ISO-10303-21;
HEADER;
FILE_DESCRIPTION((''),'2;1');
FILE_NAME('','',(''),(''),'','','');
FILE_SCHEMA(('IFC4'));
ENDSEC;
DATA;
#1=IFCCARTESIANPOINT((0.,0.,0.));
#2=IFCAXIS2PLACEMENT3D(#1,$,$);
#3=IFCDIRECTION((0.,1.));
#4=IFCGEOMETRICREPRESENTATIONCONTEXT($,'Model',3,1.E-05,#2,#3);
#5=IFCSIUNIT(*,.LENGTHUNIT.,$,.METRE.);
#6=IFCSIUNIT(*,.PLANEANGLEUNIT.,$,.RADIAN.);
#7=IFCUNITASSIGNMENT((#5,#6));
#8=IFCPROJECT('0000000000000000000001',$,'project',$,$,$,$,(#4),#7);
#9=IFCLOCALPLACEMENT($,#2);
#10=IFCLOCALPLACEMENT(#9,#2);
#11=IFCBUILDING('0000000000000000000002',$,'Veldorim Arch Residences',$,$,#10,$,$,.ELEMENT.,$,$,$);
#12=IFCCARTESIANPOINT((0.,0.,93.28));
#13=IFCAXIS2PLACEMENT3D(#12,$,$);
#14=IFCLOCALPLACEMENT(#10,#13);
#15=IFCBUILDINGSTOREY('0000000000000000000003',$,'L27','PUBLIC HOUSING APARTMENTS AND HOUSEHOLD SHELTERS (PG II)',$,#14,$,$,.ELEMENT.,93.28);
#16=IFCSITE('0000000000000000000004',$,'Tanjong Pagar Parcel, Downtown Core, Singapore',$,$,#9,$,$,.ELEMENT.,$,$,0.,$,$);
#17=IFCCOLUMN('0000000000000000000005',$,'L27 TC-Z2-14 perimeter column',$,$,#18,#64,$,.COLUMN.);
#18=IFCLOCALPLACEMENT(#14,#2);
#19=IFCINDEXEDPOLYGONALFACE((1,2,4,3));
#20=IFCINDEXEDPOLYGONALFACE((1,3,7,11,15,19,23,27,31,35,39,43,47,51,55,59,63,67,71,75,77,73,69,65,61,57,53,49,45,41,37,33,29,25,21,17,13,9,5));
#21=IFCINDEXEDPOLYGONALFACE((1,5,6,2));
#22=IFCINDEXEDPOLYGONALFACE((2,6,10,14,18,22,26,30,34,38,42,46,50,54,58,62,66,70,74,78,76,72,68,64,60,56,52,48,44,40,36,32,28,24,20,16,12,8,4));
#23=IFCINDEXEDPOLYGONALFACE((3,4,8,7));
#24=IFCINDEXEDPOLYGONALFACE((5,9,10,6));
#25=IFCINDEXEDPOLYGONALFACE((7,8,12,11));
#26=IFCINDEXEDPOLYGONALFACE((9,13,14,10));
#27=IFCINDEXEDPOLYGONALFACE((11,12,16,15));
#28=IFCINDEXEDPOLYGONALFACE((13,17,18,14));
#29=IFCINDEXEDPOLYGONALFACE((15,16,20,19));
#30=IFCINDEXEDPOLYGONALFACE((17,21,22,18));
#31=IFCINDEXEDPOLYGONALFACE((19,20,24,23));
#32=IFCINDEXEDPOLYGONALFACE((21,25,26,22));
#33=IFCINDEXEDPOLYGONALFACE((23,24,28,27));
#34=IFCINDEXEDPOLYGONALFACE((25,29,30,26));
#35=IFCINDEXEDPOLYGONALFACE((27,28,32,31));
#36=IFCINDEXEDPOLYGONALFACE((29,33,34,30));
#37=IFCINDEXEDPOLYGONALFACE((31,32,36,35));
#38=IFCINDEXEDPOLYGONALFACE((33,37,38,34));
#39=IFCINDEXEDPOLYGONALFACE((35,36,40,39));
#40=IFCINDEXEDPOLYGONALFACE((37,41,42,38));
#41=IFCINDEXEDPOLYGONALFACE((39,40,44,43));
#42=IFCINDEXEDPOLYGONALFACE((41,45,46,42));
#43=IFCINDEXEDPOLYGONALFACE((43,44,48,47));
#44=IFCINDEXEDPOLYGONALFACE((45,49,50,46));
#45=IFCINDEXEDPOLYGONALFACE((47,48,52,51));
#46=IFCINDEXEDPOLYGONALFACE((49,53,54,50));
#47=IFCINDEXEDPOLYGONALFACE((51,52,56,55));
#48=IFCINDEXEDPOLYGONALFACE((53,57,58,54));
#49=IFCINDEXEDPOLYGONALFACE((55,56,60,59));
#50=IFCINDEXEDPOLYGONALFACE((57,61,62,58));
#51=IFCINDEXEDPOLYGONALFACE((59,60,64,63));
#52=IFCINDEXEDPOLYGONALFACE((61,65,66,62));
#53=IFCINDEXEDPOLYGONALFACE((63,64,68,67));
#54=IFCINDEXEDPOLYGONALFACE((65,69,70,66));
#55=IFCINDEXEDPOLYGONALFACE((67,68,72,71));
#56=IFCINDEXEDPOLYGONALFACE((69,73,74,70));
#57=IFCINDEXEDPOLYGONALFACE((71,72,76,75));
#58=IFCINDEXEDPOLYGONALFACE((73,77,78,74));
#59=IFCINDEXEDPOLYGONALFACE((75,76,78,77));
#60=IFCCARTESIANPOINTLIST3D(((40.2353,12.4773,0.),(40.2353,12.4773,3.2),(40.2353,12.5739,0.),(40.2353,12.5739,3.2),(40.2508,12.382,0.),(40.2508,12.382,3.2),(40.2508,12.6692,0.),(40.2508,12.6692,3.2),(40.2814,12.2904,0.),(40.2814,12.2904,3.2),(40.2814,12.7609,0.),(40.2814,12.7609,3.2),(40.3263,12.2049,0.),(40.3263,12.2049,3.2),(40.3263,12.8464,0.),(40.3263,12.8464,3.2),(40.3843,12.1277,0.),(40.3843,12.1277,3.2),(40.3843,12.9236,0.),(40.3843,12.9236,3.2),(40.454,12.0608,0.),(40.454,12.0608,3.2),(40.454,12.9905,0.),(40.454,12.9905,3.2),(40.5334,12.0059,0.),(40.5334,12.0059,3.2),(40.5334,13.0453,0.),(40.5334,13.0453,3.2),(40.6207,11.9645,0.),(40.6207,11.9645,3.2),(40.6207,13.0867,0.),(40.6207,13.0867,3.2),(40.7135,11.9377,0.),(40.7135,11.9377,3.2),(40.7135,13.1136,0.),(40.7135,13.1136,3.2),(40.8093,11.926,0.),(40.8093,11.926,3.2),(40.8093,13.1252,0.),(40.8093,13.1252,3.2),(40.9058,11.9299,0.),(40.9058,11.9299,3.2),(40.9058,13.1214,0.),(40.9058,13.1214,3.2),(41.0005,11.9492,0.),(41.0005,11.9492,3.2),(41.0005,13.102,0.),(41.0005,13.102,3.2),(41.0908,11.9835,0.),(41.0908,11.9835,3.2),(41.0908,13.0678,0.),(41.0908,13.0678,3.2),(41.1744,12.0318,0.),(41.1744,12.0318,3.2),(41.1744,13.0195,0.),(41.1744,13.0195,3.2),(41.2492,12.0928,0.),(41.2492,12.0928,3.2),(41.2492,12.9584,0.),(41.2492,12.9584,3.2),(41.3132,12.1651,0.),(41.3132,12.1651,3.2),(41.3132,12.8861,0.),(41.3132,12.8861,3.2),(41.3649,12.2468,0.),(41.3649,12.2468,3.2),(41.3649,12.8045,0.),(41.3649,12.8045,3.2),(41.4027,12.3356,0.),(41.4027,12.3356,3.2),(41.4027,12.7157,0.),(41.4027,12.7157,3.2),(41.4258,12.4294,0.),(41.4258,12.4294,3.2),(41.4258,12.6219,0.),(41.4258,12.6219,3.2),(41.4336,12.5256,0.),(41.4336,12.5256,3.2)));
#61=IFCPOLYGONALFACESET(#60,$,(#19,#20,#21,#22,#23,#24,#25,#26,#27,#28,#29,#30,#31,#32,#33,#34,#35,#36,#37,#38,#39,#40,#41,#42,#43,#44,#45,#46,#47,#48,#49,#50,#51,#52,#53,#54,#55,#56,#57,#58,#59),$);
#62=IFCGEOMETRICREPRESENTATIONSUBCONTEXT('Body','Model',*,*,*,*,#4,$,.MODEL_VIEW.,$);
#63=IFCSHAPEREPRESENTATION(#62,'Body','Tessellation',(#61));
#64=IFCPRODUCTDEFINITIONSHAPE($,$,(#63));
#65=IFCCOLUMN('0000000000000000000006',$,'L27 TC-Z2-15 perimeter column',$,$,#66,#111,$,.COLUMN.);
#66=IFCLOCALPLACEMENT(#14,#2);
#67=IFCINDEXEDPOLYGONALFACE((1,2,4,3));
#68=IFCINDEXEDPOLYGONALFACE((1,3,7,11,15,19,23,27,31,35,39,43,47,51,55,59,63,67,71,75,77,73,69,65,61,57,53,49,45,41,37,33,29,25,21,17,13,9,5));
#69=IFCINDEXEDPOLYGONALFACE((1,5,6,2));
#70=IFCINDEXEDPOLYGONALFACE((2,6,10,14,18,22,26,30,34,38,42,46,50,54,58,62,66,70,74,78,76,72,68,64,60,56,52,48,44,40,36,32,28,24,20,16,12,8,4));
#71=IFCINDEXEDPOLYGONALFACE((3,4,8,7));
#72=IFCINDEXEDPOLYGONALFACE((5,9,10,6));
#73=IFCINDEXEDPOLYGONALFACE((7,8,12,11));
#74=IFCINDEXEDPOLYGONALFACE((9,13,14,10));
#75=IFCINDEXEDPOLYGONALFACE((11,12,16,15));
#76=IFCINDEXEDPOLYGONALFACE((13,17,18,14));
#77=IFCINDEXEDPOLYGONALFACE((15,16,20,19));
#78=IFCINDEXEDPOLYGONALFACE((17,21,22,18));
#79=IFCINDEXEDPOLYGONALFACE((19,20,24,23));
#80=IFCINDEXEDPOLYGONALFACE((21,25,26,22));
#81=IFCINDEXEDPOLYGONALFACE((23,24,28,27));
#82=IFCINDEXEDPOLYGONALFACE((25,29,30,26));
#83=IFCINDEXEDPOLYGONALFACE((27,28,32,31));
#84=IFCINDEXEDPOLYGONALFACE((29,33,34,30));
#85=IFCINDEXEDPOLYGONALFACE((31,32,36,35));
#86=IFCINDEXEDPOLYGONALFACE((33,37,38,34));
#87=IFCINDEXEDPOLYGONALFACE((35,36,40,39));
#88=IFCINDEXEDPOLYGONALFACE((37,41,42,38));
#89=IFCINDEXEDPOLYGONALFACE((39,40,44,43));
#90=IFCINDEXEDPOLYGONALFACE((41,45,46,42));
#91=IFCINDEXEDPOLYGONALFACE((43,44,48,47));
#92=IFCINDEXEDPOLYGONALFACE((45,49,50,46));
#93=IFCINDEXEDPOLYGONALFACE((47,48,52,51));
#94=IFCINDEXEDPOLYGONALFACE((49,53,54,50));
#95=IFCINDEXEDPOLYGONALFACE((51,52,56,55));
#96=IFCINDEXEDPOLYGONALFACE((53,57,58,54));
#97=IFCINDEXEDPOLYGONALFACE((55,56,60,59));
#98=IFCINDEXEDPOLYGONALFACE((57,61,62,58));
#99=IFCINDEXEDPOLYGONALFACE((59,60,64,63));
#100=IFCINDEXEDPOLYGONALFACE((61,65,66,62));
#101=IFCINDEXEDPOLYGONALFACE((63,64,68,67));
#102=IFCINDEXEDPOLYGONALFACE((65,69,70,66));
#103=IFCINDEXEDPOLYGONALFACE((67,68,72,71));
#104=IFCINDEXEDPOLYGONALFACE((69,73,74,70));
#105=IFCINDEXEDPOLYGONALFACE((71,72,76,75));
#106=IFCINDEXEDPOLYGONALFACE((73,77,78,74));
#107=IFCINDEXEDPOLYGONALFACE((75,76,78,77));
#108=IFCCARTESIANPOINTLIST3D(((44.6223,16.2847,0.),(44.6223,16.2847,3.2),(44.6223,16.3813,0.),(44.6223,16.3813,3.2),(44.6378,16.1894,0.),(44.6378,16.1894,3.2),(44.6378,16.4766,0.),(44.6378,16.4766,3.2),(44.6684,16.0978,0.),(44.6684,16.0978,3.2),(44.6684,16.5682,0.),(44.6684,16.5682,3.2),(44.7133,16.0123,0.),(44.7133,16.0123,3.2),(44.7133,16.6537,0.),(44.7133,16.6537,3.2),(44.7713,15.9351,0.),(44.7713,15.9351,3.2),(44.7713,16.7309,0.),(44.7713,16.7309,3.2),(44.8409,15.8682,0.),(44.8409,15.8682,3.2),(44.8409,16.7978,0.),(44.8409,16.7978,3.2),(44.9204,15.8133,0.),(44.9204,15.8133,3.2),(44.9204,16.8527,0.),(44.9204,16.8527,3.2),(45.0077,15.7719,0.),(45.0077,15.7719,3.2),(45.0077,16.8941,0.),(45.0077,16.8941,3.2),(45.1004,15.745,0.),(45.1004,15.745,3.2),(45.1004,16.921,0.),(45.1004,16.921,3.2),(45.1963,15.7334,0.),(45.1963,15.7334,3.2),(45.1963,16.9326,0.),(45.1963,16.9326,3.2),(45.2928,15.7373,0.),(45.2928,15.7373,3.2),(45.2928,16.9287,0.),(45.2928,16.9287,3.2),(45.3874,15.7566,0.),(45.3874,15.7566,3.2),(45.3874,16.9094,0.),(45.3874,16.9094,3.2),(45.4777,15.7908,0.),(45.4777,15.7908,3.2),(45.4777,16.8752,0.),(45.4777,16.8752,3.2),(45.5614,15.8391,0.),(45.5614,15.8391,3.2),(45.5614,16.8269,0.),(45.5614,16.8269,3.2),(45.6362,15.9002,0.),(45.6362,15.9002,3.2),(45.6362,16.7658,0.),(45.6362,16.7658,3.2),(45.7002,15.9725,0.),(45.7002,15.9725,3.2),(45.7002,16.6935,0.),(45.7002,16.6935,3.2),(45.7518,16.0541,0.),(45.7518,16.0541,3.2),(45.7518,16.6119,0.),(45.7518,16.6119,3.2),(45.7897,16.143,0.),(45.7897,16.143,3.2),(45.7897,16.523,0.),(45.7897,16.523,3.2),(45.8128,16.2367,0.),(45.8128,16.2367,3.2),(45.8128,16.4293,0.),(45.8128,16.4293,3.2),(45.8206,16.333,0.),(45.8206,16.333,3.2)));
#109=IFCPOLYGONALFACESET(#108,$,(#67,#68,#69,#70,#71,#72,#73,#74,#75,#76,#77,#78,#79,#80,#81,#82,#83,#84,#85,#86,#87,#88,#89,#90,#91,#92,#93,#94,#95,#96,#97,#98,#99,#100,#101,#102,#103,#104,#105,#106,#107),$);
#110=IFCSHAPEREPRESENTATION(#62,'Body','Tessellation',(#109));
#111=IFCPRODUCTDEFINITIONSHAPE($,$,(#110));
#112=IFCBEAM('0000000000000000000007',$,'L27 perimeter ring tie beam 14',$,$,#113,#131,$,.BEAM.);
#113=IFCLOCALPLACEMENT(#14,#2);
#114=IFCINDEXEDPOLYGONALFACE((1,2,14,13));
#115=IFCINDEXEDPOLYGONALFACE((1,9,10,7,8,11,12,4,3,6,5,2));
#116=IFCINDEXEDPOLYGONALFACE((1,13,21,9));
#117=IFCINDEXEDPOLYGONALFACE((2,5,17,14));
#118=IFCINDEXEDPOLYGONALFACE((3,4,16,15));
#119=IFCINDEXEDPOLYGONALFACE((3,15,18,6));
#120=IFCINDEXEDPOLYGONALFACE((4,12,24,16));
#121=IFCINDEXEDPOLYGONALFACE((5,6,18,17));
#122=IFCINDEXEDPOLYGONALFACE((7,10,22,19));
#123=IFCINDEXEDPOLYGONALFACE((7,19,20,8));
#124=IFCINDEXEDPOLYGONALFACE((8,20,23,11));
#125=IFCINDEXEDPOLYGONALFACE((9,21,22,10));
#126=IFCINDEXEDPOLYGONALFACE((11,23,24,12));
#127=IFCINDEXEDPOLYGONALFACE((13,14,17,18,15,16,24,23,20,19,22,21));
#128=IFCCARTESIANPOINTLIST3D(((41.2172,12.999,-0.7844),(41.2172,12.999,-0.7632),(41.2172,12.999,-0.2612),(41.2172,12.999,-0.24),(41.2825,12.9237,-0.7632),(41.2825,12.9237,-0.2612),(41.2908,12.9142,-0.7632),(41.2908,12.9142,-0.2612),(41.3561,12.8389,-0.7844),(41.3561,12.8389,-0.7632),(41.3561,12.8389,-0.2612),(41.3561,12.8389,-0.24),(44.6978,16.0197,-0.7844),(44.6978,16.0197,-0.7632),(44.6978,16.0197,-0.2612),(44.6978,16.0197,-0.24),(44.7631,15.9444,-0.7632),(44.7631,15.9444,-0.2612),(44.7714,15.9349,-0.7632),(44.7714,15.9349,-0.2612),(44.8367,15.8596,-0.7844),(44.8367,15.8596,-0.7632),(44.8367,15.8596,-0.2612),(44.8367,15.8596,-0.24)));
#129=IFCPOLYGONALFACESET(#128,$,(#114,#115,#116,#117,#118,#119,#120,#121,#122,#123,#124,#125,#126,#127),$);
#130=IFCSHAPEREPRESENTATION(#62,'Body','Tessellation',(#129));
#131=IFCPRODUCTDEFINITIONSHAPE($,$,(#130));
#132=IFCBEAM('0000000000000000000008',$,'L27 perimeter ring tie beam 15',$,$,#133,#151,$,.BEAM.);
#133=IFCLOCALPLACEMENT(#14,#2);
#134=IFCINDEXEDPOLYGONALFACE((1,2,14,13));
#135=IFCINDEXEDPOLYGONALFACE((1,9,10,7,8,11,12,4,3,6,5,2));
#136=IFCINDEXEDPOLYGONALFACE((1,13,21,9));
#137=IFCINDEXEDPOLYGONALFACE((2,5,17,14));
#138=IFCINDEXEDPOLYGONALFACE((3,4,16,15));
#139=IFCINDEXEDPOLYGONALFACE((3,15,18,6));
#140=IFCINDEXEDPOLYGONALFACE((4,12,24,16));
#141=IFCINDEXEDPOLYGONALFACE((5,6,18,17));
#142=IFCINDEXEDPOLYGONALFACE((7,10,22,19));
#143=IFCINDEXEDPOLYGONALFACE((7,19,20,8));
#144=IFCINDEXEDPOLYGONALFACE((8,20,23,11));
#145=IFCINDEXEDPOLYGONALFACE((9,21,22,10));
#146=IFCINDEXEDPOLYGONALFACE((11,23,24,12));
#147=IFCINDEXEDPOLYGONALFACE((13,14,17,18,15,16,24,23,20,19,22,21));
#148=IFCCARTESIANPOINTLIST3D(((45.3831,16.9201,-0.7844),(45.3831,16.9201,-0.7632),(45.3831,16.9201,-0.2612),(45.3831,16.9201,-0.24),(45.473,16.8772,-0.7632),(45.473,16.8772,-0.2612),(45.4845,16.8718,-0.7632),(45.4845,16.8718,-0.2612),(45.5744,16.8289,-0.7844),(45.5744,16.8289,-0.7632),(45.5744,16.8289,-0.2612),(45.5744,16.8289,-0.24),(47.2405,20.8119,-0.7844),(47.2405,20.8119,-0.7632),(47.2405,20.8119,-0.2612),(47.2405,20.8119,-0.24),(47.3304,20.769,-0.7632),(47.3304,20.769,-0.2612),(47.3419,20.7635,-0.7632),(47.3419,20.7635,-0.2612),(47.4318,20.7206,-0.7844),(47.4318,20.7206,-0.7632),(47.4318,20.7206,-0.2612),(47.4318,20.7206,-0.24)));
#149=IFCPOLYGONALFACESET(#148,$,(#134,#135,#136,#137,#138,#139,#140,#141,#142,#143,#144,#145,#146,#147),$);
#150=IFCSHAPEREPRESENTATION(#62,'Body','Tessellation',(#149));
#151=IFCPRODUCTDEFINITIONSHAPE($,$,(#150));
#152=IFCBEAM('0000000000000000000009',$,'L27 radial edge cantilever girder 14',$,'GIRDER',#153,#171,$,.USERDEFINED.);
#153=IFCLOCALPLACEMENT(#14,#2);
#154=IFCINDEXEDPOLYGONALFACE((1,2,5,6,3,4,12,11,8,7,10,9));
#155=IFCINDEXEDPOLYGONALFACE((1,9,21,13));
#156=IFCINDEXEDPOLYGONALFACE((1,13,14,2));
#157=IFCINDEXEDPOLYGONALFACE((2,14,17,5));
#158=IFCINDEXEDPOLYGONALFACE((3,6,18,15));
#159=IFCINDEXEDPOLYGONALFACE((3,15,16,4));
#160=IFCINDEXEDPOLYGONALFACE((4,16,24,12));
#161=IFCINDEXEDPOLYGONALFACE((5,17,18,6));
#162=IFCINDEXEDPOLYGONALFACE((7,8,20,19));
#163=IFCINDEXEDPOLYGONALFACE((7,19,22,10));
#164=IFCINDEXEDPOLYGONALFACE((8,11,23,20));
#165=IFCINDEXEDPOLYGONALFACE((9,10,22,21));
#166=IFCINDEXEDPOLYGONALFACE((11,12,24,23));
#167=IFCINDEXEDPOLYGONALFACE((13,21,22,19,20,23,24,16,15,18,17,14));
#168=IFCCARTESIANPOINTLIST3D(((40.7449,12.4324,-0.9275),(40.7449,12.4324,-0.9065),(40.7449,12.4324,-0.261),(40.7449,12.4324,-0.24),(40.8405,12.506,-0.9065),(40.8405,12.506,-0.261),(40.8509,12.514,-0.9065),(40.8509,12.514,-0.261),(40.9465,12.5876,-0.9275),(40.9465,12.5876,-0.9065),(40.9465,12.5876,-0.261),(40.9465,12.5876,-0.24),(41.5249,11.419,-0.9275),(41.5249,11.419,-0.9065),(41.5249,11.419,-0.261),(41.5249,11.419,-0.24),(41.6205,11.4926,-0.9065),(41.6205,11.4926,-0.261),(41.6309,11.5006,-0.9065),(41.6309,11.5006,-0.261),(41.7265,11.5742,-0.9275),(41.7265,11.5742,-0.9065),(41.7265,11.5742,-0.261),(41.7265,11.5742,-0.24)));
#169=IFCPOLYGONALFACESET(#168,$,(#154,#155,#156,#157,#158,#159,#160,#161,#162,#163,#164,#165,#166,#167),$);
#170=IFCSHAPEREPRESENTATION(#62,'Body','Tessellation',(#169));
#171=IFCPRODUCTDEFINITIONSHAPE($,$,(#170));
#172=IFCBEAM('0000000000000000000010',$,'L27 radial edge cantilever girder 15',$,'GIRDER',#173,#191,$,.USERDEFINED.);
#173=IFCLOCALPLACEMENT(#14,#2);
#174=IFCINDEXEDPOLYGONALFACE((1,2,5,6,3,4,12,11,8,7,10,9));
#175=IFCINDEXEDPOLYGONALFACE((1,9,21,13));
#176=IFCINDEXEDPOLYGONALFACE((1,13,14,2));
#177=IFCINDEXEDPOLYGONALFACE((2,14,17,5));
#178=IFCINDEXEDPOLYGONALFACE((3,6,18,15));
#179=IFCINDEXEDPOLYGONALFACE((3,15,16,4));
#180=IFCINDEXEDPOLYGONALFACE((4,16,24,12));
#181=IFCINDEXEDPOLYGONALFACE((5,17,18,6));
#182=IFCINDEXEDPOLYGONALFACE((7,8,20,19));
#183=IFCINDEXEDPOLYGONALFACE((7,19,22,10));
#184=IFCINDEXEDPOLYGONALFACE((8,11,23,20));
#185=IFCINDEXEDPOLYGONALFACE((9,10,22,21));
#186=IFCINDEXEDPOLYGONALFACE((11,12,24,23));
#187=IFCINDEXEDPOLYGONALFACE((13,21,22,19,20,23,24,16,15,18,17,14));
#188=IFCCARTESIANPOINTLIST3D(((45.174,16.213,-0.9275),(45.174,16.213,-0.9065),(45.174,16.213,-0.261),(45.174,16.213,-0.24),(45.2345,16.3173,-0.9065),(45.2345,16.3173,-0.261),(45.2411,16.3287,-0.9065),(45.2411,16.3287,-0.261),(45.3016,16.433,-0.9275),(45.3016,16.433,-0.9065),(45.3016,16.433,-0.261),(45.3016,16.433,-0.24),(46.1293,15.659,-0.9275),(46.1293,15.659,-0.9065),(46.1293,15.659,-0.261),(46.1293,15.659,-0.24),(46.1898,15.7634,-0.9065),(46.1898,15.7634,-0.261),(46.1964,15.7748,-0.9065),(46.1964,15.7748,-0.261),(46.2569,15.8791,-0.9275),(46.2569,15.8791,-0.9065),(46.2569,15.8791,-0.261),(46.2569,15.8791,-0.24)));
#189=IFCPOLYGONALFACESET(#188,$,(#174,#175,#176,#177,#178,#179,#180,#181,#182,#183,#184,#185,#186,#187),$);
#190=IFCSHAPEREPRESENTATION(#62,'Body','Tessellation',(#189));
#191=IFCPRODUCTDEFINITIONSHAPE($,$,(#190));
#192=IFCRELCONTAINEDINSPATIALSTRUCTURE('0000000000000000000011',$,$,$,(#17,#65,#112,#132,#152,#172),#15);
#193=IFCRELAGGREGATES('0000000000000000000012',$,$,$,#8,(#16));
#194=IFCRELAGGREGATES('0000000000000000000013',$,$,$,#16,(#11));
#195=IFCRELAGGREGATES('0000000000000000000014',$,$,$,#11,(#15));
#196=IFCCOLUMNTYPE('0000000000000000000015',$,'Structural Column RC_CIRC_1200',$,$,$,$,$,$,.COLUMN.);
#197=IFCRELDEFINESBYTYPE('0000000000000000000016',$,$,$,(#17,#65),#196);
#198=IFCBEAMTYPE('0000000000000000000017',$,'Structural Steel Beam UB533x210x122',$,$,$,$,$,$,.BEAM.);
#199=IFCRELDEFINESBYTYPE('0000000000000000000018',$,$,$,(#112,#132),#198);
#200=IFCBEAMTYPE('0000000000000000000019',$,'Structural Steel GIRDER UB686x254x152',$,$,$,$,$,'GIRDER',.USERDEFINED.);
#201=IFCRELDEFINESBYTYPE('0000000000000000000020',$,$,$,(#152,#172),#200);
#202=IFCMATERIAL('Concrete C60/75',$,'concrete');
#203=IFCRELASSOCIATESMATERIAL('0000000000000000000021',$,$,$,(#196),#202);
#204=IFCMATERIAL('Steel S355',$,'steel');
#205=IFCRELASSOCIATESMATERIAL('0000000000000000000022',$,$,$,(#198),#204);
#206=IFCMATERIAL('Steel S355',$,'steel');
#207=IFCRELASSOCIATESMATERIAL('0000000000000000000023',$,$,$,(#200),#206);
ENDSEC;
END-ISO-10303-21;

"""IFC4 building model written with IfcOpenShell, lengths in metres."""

from ifc_helpers import new_model, si_unit, direction, frame, origin, origin_2d, place, context, subcontext, project, spatial, circle, i_section, extrude, material, material_profile, profile_set, type_object, element, save


model = new_model("IFC4")

# Units and contexts
model_context = context("Model", 3, precision=1e-05, world=origin(), true_north=direction((0.0, 1.0)))
body_context = subcontext(model_context, "Body", "Model", "MODEL_VIEW")
ifc_project = project(units=[si_unit("LENGTHUNIT", "METRE"), si_unit("PLANEANGLEUNIT", "RADIAN")], contexts=[model_context])

# Site, building, storey
site_placement = place(None, origin())
site = spatial("IfcSite", under=ifc_project, at=site_placement, Name="Tanjong Pagar Parcel, Downtown Core, Singapore", CompositionType="ELEMENT", RefElevation=0.0)
building_placement = place(site_placement, origin())
building = spatial("IfcBuilding", under=site, at=building_placement, Name="Veldorim Arch Residences", CompositionType="ELEMENT")
storey_placement = place(building_placement, frame((0.0, 0.0, 93.28)))
storey = spatial("IfcBuildingStorey", under=building, at=storey_placement, Name="L27", Description="PUBLIC HOUSING APARTMENTS AND HOUSEHOLD SHELTERS (PG II)", CompositionType="ELEMENT", Elevation=93.28)

# Columns
ifc_material_1 = material(Name="Concrete C60/75", Category="concrete")
ifc_material_profile_1 = material_profile(ifc_material_1, circle(Radius=0.6001, at=origin_2d()), Name="RC_CIRC_1200")
ifc_profile_set_1 = profile_set([ifc_material_profile_1], Name="Concrete C60/75")
column_type = type_object("IfcColumnType", Name="Structural Column RC_CIRC_1200", PredefinedType="COLUMN", material=ifc_profile_set_1)
for number, where, z_axis, x_axis, name in (
    (1, (40.8335, 12.5256, 0.0), (0.0, 0.0, 1.0), (1.0, 0.0, 0.0), "L27 TC-Z2-14 perimeter column"),
    (2, (45.2205, 16.333, 0.0), (0.0, 0.0, 1.0), (1.0, 0.0, 0.0), "L27 TC-Z2-15 perimeter column"),
):
    element("IfcColumn", number, at=place(storey_placement, frame(where, z_axis=z_axis, x_axis=x_axis)), inside=storey, type_object=column_type, Name=name, PredefinedType="COLUMN", context=body_context, shape_type="SweptSolid", body=[
        extrude(circle(Radius=0.6001, at=origin_2d()), origin(), (0.0, 0.0, 1.0), 3.2),
    ])

# Beams
ifc_material_2 = material(Name="Steel S355", Category="steel")
ifc_material_profile_2 = material_profile(ifc_material_2, i_section(OverallWidth=0.2119, OverallDepth=0.5444, WebThickness=0.0127, FlangeThickness=0.0212, at=origin_2d()), Name="UB533x210x122")
ifc_profile_set_2 = profile_set([ifc_material_profile_2], Name="Steel S355")
beam_type_1 = type_object("IfcBeamType", Name="Structural Steel Beam UB533x210x122", PredefinedType="BEAM", material=ifc_profile_set_2)
beam_1_placement = place(storey_placement, frame((41.2866, 12.9189, -0.5122), z_axis=(0.755245, 0.655443, 0.0), x_axis=(-0.655443, 0.755245, 0.0)))
element("IfcBeam", 3, at=beam_1_placement, inside=storey, type_object=beam_type_1, Name="L27 perimeter ring tie beam 14", PredefinedType="BEAM", context=body_context, shape_type="SweptSolid", body=[
    extrude(i_section(OverallWidth=0.2119, OverallDepth=0.5444, WebThickness=0.0127, FlangeThickness=0.0212, at=origin_2d()), origin(), (0.0, 0.0, 1.0), 4.6086),
])
beam_2_placement = place(storey_placement, frame((45.4788, 16.8745, -0.5122), z_axis=(0.43072, 0.902486, 0.0), x_axis=(-0.902486, 0.43072, 0.0)))
element("IfcBeam", 4, at=beam_2_placement, inside=storey, type_object=beam_type_1, Name="L27 perimeter ring tie beam 15", PredefinedType="BEAM", context=body_context, shape_type="SweptSolid", body=[
    extrude(i_section(OverallWidth=0.2119, OverallDepth=0.5444, WebThickness=0.0127, FlangeThickness=0.0212, at=origin_2d()), origin(), (0.0, 0.0, 1.0), 4.3123),
])
ifc_material_3 = material(Name="Steel S355", Category="steel")
ifc_material_profile_3 = material_profile(ifc_material_3, i_section(OverallWidth=0.2544, OverallDepth=0.6875, WebThickness=0.0132, FlangeThickness=0.021, at=origin_2d()), Name="UB686x254x152")
ifc_profile_set_3 = profile_set([ifc_material_profile_3], Name="Steel S355")
beam_type_2 = type_object("IfcBeamType", Name="Structural Steel GIRDER UB686x254x152", ElementType="GIRDER", PredefinedType="USERDEFINED", material=ifc_profile_set_3)
beam_3_placement = place(storey_placement, frame((40.8457, 12.51, -0.5837), z_axis=(0.609941, -0.792447, 0.0), x_axis=(0.792447, 0.609941, 0.0)))
element("IfcBeam", 5, at=beam_3_placement, inside=storey, type_object=beam_type_2, Name="L27 radial edge cantilever girder 14", ObjectType="GIRDER", PredefinedType="USERDEFINED", context=body_context, shape_type="SweptSolid", body=[
    extrude(i_section(OverallWidth=0.2544, OverallDepth=0.6875, WebThickness=0.0132, FlangeThickness=0.021, at=origin_2d()), origin(), (0.0, 0.0, 1.0), 1.2788),
])
beam_4_placement = place(storey_placement, frame((45.2378, 16.323, -0.5837), z_axis=(0.865083, -0.501629, 0.0), x_axis=(0.501629, 0.865083, 0.0)))
element("IfcBeam", 6, at=beam_4_placement, inside=storey, type_object=beam_type_2, Name="L27 radial edge cantilever girder 15", ObjectType="GIRDER", PredefinedType="USERDEFINED", context=body_context, shape_type="SweptSolid", body=[
    extrude(i_section(OverallWidth=0.2544, OverallDepth=0.6875, WebThickness=0.0132, FlangeThickness=0.021, at=origin_2d()), origin(), (0.0, 0.0, 1.0), 1.1042),
])

save(model, "model.ifc")
